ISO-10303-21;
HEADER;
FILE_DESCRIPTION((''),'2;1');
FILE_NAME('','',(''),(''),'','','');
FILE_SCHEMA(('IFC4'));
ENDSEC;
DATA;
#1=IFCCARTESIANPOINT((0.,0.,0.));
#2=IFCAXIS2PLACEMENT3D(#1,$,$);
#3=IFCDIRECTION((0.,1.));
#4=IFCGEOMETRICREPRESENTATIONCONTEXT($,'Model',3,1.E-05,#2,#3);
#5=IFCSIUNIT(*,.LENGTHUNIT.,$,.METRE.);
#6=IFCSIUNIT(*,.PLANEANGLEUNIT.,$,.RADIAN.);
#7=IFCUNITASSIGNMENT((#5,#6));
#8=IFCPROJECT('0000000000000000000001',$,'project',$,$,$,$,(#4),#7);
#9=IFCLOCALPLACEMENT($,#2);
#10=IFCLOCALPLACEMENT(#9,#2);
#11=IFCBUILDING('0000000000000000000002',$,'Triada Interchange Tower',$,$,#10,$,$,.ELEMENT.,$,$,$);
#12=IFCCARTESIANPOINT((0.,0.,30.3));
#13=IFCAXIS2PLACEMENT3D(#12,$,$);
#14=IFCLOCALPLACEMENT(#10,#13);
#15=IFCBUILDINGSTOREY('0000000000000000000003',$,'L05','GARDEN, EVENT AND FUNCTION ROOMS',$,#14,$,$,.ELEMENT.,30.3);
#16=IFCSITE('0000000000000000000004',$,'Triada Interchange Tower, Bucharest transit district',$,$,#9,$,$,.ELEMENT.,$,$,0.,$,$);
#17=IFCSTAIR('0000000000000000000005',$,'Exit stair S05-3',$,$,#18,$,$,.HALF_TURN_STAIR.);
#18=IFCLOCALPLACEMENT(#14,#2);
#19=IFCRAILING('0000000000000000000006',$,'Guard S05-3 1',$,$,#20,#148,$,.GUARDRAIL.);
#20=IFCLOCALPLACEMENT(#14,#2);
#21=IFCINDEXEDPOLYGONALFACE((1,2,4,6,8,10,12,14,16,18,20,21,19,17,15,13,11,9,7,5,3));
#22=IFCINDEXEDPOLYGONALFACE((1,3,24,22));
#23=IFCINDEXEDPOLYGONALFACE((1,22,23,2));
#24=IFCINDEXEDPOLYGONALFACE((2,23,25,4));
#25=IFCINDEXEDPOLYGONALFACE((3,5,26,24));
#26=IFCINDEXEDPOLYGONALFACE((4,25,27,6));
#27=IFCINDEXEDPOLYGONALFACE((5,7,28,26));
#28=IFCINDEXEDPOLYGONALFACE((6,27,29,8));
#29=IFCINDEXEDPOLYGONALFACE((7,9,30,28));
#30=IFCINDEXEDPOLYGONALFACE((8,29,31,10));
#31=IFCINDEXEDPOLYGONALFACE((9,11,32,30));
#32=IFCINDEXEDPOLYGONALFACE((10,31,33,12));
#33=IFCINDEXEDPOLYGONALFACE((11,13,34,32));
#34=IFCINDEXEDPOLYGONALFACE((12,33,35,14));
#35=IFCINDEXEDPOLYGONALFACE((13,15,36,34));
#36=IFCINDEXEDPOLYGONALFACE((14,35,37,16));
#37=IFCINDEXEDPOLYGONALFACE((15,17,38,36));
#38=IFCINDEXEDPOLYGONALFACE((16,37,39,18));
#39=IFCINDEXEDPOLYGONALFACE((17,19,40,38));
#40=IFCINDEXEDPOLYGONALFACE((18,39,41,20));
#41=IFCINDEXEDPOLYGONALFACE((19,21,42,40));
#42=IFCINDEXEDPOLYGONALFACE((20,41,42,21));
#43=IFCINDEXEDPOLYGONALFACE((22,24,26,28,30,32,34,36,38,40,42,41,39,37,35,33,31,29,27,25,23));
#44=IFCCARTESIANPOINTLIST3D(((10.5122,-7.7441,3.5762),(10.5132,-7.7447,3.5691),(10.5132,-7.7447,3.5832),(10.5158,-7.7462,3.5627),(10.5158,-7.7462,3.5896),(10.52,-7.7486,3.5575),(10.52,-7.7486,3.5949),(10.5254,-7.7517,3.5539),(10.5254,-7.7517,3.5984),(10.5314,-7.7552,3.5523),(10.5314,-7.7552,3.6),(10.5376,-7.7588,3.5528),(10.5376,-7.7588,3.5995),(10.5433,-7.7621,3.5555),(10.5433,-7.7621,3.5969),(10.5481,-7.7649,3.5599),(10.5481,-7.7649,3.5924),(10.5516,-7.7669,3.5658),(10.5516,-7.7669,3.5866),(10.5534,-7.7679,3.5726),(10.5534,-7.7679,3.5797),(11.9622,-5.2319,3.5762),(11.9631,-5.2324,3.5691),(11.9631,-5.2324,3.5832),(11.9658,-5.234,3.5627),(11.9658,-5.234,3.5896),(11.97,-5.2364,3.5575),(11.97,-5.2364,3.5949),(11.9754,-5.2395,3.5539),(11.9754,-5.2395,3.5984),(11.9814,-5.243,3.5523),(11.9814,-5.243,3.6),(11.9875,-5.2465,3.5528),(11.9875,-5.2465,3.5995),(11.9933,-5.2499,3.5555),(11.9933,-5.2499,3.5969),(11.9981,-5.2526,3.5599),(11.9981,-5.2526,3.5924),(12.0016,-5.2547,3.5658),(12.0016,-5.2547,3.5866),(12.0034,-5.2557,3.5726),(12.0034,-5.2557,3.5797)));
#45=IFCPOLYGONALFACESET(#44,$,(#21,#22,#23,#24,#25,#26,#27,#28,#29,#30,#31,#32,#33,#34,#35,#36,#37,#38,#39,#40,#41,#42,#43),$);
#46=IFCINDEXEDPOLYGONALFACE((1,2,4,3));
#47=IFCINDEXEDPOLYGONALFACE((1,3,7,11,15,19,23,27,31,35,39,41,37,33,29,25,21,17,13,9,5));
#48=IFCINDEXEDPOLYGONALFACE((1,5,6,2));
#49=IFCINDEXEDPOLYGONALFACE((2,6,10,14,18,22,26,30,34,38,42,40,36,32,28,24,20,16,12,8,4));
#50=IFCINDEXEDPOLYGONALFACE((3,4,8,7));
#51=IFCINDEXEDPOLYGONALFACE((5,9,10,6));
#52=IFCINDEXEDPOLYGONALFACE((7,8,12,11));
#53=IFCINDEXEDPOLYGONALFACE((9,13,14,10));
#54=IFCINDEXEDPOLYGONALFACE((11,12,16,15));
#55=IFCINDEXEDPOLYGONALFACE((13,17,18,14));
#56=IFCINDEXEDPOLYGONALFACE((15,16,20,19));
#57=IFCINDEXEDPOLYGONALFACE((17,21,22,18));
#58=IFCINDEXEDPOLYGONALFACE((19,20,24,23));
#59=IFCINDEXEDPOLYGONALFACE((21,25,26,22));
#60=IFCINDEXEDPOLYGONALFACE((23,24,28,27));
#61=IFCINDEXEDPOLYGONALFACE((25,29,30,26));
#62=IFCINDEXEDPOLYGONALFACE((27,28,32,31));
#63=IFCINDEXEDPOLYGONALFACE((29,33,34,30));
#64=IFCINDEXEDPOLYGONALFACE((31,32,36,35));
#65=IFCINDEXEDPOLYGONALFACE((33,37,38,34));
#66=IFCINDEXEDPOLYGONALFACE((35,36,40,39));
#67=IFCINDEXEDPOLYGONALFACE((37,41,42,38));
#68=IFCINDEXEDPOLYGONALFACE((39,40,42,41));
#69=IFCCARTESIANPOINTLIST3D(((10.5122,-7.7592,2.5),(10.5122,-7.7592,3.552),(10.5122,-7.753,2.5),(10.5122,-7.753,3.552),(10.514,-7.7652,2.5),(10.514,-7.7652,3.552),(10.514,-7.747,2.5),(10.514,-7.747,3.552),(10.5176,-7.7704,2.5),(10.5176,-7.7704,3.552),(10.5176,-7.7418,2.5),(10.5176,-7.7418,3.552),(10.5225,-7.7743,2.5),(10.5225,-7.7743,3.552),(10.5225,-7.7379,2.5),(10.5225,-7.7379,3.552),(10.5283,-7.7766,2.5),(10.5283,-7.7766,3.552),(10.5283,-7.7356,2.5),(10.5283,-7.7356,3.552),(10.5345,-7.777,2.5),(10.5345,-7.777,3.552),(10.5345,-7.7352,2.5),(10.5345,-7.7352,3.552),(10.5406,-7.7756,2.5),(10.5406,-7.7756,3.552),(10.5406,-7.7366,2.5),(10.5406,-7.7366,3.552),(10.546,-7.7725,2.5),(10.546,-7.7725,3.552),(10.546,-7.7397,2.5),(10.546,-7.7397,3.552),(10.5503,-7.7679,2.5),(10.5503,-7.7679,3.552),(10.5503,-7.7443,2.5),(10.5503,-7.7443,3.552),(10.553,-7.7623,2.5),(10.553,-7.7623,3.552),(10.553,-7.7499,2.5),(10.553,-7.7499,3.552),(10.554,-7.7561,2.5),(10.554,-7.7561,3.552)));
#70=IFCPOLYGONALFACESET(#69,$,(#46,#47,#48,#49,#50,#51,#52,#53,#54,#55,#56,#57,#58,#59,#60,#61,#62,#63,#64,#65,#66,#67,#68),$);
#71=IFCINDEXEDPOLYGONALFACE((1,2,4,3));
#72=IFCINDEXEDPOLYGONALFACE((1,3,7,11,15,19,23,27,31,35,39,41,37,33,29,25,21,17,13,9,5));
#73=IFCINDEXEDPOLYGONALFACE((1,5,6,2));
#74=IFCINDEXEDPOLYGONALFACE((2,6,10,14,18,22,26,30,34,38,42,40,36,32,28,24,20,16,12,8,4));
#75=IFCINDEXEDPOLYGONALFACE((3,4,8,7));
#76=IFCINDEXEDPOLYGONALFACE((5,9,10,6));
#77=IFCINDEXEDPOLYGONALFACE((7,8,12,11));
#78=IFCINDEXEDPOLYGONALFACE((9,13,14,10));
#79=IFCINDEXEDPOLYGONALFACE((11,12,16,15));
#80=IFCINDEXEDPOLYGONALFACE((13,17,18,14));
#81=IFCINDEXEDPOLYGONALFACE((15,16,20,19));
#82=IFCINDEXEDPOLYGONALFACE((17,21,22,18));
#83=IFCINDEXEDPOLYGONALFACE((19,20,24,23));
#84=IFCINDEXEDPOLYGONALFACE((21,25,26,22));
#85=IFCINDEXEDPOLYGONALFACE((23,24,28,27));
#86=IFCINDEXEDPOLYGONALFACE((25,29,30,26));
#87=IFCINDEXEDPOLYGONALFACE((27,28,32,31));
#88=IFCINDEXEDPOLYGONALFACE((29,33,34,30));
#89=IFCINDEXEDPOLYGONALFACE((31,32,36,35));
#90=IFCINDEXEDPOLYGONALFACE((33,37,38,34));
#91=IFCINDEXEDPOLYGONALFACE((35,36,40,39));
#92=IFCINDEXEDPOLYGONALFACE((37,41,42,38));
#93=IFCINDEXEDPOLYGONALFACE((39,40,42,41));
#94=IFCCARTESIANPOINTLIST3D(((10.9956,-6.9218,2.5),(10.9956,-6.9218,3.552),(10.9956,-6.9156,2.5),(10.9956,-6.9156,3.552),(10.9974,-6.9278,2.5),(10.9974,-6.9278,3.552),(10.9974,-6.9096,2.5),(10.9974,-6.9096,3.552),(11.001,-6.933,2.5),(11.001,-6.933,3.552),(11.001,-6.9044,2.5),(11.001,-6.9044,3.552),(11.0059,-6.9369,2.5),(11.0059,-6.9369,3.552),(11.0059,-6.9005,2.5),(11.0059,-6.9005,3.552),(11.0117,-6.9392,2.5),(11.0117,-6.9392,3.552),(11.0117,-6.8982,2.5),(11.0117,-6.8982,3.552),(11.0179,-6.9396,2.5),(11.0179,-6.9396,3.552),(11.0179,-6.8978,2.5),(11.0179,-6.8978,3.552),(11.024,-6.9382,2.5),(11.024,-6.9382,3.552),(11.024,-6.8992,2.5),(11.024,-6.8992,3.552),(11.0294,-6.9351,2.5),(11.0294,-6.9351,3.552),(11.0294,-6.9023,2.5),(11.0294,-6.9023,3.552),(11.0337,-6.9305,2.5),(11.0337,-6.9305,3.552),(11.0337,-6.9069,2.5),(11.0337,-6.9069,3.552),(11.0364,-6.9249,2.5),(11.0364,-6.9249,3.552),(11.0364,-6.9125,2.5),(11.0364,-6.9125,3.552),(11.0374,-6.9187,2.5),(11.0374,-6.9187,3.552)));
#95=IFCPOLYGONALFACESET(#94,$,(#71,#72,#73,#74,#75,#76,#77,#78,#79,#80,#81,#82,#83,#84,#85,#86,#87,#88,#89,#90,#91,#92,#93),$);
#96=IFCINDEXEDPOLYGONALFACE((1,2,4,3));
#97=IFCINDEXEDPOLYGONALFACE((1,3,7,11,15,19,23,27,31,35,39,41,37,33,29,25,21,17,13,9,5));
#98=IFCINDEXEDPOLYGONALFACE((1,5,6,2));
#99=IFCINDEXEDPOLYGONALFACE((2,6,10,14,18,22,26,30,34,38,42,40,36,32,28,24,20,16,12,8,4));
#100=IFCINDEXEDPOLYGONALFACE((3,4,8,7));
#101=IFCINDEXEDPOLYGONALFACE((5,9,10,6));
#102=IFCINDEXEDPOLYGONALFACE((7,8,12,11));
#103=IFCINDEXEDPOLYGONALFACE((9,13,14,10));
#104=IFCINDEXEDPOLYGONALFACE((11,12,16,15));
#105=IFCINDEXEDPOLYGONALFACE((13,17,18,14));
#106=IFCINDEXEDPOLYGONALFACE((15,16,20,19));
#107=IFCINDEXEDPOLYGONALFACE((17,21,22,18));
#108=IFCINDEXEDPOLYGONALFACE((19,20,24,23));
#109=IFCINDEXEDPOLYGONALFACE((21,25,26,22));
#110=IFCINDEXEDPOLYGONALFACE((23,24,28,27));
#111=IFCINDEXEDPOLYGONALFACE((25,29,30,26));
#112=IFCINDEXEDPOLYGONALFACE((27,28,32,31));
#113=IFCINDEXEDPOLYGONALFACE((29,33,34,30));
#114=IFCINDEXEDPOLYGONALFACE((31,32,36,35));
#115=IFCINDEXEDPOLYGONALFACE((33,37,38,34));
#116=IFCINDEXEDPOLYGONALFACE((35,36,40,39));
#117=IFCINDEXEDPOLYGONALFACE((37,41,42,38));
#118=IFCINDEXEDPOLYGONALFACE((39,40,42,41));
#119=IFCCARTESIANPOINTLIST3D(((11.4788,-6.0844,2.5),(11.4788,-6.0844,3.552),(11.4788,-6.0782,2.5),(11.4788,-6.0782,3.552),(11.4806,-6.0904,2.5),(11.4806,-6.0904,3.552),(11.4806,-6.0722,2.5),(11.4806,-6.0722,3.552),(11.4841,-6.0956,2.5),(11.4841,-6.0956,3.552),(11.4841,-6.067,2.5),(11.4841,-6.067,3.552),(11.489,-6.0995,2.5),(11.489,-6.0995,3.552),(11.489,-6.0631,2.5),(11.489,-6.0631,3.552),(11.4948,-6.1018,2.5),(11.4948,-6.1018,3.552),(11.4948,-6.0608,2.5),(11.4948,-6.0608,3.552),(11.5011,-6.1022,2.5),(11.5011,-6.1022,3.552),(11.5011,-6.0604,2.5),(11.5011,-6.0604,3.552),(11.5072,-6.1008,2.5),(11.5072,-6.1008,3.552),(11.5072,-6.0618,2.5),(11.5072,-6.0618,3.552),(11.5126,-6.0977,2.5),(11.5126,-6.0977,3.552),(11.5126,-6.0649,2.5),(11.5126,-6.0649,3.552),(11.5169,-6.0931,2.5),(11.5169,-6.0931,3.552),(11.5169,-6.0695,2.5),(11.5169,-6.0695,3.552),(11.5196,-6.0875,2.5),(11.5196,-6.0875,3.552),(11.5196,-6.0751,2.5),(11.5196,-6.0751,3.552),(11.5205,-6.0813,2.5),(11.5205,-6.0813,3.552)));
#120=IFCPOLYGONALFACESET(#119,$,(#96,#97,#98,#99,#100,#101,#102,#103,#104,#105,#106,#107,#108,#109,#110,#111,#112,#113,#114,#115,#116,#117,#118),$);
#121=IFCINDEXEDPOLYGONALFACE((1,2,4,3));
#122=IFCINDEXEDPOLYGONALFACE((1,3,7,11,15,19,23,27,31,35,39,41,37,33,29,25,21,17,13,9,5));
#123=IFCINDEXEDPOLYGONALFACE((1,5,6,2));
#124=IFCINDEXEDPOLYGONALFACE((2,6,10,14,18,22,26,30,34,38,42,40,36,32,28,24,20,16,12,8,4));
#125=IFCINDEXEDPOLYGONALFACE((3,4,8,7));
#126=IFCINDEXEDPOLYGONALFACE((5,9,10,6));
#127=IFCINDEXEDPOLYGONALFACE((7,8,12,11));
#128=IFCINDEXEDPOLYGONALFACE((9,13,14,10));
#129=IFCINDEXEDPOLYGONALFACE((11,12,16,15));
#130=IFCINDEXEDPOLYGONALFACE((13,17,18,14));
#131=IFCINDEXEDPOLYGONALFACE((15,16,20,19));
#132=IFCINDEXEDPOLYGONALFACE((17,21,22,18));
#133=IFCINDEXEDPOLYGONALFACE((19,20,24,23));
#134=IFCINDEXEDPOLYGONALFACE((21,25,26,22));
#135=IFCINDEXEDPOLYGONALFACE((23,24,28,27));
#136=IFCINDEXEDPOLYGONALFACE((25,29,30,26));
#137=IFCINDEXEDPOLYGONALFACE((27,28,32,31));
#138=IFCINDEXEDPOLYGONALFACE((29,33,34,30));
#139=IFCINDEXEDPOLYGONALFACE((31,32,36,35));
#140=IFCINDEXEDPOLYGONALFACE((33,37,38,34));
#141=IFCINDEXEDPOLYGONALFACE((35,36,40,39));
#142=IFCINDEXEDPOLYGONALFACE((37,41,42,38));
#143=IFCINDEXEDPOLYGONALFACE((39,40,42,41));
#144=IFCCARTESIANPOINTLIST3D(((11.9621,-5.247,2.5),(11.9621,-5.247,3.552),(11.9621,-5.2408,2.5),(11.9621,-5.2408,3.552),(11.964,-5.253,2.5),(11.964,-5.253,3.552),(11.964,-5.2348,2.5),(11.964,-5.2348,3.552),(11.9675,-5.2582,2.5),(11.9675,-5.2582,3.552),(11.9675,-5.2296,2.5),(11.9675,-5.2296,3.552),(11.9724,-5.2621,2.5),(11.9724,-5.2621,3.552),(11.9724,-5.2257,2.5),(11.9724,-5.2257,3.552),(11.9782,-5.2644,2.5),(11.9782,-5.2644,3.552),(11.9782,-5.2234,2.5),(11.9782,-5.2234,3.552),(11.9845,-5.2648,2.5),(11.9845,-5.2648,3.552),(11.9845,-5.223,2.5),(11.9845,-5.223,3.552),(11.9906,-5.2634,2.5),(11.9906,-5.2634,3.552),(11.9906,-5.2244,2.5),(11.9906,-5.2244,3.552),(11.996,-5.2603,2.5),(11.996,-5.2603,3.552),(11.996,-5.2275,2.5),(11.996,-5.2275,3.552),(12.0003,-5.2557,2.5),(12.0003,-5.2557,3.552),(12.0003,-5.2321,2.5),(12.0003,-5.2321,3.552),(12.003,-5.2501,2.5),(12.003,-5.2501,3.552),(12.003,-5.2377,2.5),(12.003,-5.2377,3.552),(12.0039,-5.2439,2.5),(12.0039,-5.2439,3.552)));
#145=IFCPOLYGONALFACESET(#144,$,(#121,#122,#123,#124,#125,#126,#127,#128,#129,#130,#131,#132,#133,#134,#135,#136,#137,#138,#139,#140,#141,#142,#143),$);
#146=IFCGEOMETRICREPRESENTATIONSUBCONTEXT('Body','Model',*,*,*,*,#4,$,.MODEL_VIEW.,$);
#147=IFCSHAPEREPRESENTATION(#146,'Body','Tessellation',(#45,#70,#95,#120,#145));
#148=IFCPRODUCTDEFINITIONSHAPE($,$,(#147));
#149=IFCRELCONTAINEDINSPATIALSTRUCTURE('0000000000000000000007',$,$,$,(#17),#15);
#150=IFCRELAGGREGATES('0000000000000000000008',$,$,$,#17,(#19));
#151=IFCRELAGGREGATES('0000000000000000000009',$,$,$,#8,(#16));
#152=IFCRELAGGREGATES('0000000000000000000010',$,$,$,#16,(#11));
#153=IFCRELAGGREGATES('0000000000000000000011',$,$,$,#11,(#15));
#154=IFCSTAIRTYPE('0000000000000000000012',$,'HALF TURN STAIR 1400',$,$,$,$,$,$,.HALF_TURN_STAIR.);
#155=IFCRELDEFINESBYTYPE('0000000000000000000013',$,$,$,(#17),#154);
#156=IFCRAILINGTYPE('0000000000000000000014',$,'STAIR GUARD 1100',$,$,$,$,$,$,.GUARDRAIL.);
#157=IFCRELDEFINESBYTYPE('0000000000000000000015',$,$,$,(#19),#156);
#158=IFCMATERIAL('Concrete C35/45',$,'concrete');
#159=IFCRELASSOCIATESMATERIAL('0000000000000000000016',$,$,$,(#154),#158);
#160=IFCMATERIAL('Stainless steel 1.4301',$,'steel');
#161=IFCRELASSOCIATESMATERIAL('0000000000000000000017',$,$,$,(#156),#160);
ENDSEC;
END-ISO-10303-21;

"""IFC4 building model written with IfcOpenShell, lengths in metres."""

from ifc_helpers import new_model, si_unit, direction, frame, origin, origin_2d, place, context, subcontext, project, spatial, circle, extrude, material, type_object, element, aggregate, save


model = new_model("IFC4")

# Units and contexts
model_context = context("Model", 3, precision=1e-05, world=origin(), true_north=direction((0.0, 1.0)))
body_context = subcontext(model_context, "Body", "Model", "MODEL_VIEW")
ifc_project = project(units=[si_unit("LENGTHUNIT", "METRE"), si_unit("PLANEANGLEUNIT", "RADIAN")], contexts=[model_context])

# Site, building, storey
site_placement = place(None, origin())
site = spatial("IfcSite", under=ifc_project, at=site_placement, Name="Triada Interchange Tower, Bucharest transit district", CompositionType="ELEMENT", RefElevation=0.0)
building_placement = place(site_placement, origin())
building = spatial("IfcBuilding", under=site, at=building_placement, Name="Triada Interchange Tower", CompositionType="ELEMENT")
storey_placement = place(building_placement, frame((0.0, 0.0, 30.3)))
storey = spatial("IfcBuildingStorey", under=building, at=storey_placement, Name="L05", Description="GARDEN, EVENT AND FUNCTION ROOMS", CompositionType="ELEMENT", Elevation=30.3)

# Shared definitions
ifc_material_1 = material(Name="Concrete C35/45", Category="concrete")

# Stair, railing
stair_type = type_object("IfcStairType", Name="HALF TURN STAIR 1400", PredefinedType="HALF_TURN_STAIR", material=ifc_material_1)
stair_placement = place(storey_placement, origin())
stair = element("IfcStair", 1, at=stair_placement, inside=storey, type_object=stair_type, Name="Exit stair S05-3", PredefinedType="HALF_TURN_STAIR")
ifc_material_2 = material(Name="Stainless steel 1.4301", Category="steel")
railing_type_1 = type_object("IfcRailingType", Name="STAIR GUARD 1100", PredefinedType="GUARDRAIL", material=ifc_material_2)
railing_1_placement = place(storey_placement, frame((10.533, -7.7561, 2.5)))
railing_1 = element("IfcRailing", 2, at=railing_1_placement, type_object=railing_type_1, Name="Guard S05-3 1", PredefinedType="GUARDRAIL", context=body_context, shape_type="SweptSolid", body=[
    extrude(circle(Radius=0.0239, at=origin_2d()), frame((0.0, 0.0, 1.0762), z_axis=(0.499878, 0.866096, 0.0), x_axis=(-0.866096, 0.499878, 0.0)), (0.0, 0.0, 1.0), 2.9006),
    extrude(circle(Radius=0.021, at=origin_2d()), origin(), (0.0, 0.0, 1.0), 1.052),
    extrude(circle(Radius=0.021, at=origin_2d()), frame((0.4834, 0.8374, 0.0)), (0.0, 0.0, 1.0), 1.052),
    extrude(circle(Radius=0.021, at=origin_2d()), frame((0.9666, 1.6748, 0.0)), (0.0, 0.0, 1.0), 1.052),
    extrude(circle(Radius=0.021, at=origin_2d()), frame((1.45, 2.5122, 0.0)), (0.0, 0.0, 1.0), 1.052),
])

aggregate(stair, [railing_1])

save(model, "model.ifc")
